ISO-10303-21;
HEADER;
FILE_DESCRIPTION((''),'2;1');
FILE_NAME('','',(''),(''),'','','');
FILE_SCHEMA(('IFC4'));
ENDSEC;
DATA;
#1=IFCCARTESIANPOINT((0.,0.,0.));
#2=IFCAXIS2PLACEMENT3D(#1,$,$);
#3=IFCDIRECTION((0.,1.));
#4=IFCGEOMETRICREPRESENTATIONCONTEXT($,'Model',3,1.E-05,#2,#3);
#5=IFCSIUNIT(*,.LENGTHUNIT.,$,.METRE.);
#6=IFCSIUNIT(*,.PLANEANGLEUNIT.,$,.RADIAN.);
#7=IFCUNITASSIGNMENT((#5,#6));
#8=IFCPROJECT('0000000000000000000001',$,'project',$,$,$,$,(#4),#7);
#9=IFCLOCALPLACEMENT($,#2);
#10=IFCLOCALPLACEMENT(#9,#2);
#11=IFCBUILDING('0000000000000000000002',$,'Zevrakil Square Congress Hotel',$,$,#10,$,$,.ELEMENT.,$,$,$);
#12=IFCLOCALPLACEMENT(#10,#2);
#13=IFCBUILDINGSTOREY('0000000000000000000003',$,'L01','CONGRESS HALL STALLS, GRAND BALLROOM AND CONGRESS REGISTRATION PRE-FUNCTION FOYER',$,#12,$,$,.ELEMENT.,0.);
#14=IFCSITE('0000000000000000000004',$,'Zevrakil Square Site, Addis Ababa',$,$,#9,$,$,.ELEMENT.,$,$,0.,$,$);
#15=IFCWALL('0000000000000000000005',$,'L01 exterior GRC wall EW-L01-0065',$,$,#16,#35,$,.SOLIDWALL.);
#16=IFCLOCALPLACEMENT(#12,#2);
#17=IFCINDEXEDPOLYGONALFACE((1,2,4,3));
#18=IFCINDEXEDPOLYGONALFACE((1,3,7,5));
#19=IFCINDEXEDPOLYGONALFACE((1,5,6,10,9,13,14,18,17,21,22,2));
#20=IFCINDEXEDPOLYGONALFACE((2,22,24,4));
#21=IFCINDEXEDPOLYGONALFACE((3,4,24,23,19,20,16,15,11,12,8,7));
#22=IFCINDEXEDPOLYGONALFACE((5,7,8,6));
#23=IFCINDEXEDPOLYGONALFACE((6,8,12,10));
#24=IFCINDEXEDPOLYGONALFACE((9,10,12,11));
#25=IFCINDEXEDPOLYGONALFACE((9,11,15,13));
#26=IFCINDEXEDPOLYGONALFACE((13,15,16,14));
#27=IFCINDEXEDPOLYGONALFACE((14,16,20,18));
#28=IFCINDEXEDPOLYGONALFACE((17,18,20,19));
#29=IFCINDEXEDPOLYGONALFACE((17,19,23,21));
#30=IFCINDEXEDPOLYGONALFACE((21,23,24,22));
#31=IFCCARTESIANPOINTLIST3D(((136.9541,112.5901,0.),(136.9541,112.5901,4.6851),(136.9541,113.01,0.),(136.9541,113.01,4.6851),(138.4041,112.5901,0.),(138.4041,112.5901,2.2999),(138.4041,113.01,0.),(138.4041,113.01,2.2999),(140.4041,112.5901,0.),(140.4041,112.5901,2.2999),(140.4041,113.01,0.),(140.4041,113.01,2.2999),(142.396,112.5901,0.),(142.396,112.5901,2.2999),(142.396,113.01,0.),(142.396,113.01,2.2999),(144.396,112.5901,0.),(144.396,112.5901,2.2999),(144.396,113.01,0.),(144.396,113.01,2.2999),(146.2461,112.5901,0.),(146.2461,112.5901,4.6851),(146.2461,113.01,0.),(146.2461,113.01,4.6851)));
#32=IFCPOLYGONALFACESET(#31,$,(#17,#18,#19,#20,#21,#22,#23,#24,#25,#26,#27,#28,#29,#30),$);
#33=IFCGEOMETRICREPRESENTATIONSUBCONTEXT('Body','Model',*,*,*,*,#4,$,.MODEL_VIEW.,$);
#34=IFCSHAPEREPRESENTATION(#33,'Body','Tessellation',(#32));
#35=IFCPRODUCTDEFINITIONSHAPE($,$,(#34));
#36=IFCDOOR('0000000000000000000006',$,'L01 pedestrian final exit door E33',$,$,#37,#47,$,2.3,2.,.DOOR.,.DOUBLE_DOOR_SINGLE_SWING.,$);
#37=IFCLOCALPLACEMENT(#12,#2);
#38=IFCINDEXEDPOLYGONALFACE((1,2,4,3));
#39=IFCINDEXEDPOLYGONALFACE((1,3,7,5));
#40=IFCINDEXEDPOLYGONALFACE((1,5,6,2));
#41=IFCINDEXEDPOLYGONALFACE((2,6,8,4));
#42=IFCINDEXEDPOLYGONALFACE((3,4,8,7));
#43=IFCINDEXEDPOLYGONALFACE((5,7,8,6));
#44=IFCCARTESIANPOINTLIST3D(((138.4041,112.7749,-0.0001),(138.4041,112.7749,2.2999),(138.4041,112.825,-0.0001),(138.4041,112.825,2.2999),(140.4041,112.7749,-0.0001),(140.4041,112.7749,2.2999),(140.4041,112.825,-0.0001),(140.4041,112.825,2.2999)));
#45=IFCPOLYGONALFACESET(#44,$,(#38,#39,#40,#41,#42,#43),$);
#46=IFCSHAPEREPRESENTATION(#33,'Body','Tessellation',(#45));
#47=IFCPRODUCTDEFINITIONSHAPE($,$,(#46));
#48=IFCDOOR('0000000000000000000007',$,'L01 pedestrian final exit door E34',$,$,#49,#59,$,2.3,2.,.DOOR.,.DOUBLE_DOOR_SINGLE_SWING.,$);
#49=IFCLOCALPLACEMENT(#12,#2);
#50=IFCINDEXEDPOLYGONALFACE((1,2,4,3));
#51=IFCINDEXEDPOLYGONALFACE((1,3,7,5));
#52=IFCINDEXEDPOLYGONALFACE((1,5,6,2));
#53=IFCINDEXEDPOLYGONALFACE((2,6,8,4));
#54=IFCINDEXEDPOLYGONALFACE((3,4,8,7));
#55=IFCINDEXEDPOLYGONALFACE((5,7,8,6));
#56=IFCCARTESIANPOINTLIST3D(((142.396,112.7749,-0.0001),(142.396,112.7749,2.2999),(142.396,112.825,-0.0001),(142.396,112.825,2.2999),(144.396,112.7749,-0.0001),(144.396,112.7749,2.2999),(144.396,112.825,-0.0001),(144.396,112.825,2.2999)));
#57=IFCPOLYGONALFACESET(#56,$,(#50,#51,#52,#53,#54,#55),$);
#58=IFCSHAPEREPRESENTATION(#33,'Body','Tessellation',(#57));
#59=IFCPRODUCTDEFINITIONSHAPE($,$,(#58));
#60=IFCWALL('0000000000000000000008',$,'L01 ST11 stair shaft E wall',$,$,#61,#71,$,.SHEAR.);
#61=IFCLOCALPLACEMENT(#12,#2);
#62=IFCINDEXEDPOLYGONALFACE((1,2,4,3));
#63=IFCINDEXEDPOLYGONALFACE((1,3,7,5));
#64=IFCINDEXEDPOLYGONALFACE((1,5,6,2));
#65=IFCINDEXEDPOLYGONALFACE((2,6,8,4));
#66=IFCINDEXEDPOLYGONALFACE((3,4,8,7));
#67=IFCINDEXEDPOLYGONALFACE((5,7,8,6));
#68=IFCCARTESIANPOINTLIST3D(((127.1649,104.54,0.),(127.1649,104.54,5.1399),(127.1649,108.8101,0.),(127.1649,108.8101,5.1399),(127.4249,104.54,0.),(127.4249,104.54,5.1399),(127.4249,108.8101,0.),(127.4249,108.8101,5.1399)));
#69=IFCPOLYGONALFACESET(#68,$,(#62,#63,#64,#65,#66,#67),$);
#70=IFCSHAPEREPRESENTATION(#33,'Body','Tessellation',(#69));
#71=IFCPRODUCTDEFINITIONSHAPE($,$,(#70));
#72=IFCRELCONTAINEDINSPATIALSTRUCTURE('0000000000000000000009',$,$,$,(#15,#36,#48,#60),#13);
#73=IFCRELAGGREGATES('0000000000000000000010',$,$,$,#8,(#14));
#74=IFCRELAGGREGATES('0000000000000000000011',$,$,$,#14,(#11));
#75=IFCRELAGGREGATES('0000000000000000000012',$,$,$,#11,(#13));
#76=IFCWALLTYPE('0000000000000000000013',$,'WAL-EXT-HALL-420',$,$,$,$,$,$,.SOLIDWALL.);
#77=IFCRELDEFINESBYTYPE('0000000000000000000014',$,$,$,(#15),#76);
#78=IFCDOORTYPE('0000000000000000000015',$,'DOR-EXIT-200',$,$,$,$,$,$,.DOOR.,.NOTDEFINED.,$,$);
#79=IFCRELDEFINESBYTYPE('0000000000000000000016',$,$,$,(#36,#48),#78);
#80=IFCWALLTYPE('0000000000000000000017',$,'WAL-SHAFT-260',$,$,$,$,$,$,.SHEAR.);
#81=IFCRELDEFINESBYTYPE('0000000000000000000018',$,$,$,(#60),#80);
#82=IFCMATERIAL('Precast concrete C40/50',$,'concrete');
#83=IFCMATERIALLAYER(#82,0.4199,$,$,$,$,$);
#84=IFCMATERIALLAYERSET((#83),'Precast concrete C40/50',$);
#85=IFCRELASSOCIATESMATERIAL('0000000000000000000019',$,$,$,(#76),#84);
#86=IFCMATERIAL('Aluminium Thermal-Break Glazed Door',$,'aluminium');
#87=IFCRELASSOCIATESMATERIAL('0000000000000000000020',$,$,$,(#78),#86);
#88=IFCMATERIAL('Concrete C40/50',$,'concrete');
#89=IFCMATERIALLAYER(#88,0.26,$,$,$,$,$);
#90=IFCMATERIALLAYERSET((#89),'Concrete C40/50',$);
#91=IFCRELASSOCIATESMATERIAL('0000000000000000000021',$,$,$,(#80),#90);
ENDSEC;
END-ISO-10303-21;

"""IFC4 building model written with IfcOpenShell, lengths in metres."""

from ifc_helpers import new_model, si_unit, direction, frame, frame_2d, origin, place, context, subcontext, project, spatial, rectangle, extrude, material, layer, layer_set, type_object, element, fill, save


model = new_model("IFC4")

# Units and contexts
model_context = context("Model", 3, precision=1e-05, world=origin(), true_north=direction((0.0, 1.0)))
body_context = subcontext(model_context, "Body", "Model", "MODEL_VIEW")
ifc_project = project(units=[si_unit("LENGTHUNIT", "METRE"), si_unit("PLANEANGLEUNIT", "RADIAN")], contexts=[model_context])

# Site, building, storey
site_placement = place(None, origin())
site = spatial("IfcSite", under=ifc_project, at=site_placement, Name="Zevrakil Square Site, Addis Ababa", CompositionType="ELEMENT", RefElevation=0.0)
building_placement = place(site_placement, origin())
building = spatial("IfcBuilding", under=site, at=building_placement, Name="Zevrakil Square Congress Hotel", CompositionType="ELEMENT")
storey_placement = place(building_placement, origin())
storey = spatial("IfcBuildingStorey", under=building, at=storey_placement, Name="L01", Description="CONGRESS HALL STALLS, GRAND BALLROOM AND CONGRESS REGISTRATION PRE-FUNCTION FOYER", CompositionType="ELEMENT", Elevation=0.0)

# Shared definitions
ifc_material_1 = material(Name="Precast concrete C40/50", Category="concrete")
ifc_layer_1 = layer(ifc_material_1, 0.4199)
ifc_layer_set_1 = layer_set([ifc_layer_1], Name="Precast concrete C40/50")
wall_type_1 = type_object("IfcWallType", Name="WAL-EXT-HALL-420", PredefinedType="SOLIDWALL", material=ifc_layer_set_1)

# Wall, openings, doors
wall_1_placement = place(storey_placement, frame((136.9541, 112.8, 0.0), z_axis=(0.0, 0.0, 1.0), x_axis=(1.0, 0.0, 0.0)))
wall_1 = element("IfcWall", 1, at=wall_1_placement, inside=storey, type_object=wall_type_1, Name="L01 exterior GRC wall EW-L01-0065", PredefinedType="SOLIDWALL", context=body_context, shape_type="SweptSolid", body=[
    extrude(rectangle(XDim=9.292, YDim=0.4199, at=frame_2d((4.646, 0.0))), origin(), (0.0, 0.0, 1.0), 4.6851),
])
opening_1_placement = place(wall_1_placement, frame((1.45, 0.0, 0.0)))
opening_1 = element("IfcOpeningElement", 2, at=opening_1_placement, cuts=wall_1, PredefinedType="OPENING", context=body_context, shape_type="SweptSolid", body=[
    extrude(rectangle(XDim=2.0, YDim=2.3, at=frame_2d((1.0, 1.1499))), frame((0.0, 0.22, 0.0), z_axis=(0.0, -1.0, 0.0), x_axis=(1.0, 0.0, 0.0)), (0.0, 0.0, 1.0), 0.4399),
])
opening_2_placement = place(wall_1_placement, frame((5.4419, 0.0, 0.0)))
opening_2 = element("IfcOpeningElement", 3, at=opening_2_placement, cuts=wall_1, PredefinedType="OPENING", context=body_context, shape_type="SweptSolid", body=[
    extrude(rectangle(XDim=2.0, YDim=2.3, at=frame_2d((1.0, 1.1499))), frame((0.0, 0.22, 0.0), z_axis=(0.0, -1.0, 0.0), x_axis=(1.0, 0.0, 0.0)), (0.0, 0.0, 1.0), 0.4399),
])
ifc_material_2 = material(Name="Aluminium Thermal-Break Glazed Door", Category="aluminium")
door_type = type_object("IfcDoorType", Name="DOR-EXIT-200", OperationType="NOTDEFINED", PredefinedType="DOOR", material=ifc_material_2)
door_1_placement = place(opening_1_placement, origin())
door_1 = element("IfcDoor", 4, at=door_1_placement, inside=storey, type_object=door_type, Name="L01 pedestrian final exit door E33", OperationType="DOUBLE_DOOR_SINGLE_SWING", OverallHeight=2.3, OverallWidth=2.0, PredefinedType="DOOR", context=body_context, shape_type="SweptSolid", body=[
    extrude(rectangle(XDim=2.0, YDim=2.3, at=frame_2d((1.0, 1.1499))), frame((0.0, 0.0249, 0.0), z_axis=(0.0, -1.0, 0.0), x_axis=(1.0, 0.0, 0.0)), (0.0, 0.0, 1.0), 0.05),
])
fill(opening_1, door_1)
door_2_placement = place(opening_2_placement, origin())
door_2 = element("IfcDoor", 5, at=door_2_placement, inside=storey, type_object=door_type, Name="L01 pedestrian final exit door E34", OperationType="DOUBLE_DOOR_SINGLE_SWING", OverallHeight=2.3, OverallWidth=2.0, PredefinedType="DOOR", context=body_context, shape_type="SweptSolid", body=[
    extrude(rectangle(XDim=2.0, YDim=2.3, at=frame_2d((1.0, 1.1499))), frame((0.0, 0.0249, 0.0), z_axis=(0.0, -1.0, 0.0), x_axis=(1.0, 0.0, 0.0)), (0.0, 0.0, 1.0), 0.05),
])
fill(opening_2, door_2)

# Wall
ifc_material_3 = material(Name="Concrete C40/50", Category="concrete")
ifc_layer_2 = layer(ifc_material_3, 0.26)
ifc_layer_set_2 = layer_set([ifc_layer_2], Name="Concrete C40/50")
wall_type_2 = type_object("IfcWallType", Name="WAL-SHAFT-260", PredefinedType="SHEAR", material=ifc_layer_set_2)
wall_2_placement = place(storey_placement, frame((127.2949, 104.54, 0.0), z_axis=(0.0, 0.0, 1.0), x_axis=(0.0, 1.0, 0.0)))
element("IfcWall", 6, at=wall_2_placement, inside=storey, type_object=wall_type_2, Name="L01 ST11 stair shaft E wall", PredefinedType="SHEAR", context=body_context, shape_type="SweptSolid", body=[
    extrude(rectangle(XDim=4.27, YDim=0.26, at=frame_2d((2.135, 0.0))), origin(), (0.0, 0.0, 1.0), 5.1399),
])

save(model, "model.ifc")
